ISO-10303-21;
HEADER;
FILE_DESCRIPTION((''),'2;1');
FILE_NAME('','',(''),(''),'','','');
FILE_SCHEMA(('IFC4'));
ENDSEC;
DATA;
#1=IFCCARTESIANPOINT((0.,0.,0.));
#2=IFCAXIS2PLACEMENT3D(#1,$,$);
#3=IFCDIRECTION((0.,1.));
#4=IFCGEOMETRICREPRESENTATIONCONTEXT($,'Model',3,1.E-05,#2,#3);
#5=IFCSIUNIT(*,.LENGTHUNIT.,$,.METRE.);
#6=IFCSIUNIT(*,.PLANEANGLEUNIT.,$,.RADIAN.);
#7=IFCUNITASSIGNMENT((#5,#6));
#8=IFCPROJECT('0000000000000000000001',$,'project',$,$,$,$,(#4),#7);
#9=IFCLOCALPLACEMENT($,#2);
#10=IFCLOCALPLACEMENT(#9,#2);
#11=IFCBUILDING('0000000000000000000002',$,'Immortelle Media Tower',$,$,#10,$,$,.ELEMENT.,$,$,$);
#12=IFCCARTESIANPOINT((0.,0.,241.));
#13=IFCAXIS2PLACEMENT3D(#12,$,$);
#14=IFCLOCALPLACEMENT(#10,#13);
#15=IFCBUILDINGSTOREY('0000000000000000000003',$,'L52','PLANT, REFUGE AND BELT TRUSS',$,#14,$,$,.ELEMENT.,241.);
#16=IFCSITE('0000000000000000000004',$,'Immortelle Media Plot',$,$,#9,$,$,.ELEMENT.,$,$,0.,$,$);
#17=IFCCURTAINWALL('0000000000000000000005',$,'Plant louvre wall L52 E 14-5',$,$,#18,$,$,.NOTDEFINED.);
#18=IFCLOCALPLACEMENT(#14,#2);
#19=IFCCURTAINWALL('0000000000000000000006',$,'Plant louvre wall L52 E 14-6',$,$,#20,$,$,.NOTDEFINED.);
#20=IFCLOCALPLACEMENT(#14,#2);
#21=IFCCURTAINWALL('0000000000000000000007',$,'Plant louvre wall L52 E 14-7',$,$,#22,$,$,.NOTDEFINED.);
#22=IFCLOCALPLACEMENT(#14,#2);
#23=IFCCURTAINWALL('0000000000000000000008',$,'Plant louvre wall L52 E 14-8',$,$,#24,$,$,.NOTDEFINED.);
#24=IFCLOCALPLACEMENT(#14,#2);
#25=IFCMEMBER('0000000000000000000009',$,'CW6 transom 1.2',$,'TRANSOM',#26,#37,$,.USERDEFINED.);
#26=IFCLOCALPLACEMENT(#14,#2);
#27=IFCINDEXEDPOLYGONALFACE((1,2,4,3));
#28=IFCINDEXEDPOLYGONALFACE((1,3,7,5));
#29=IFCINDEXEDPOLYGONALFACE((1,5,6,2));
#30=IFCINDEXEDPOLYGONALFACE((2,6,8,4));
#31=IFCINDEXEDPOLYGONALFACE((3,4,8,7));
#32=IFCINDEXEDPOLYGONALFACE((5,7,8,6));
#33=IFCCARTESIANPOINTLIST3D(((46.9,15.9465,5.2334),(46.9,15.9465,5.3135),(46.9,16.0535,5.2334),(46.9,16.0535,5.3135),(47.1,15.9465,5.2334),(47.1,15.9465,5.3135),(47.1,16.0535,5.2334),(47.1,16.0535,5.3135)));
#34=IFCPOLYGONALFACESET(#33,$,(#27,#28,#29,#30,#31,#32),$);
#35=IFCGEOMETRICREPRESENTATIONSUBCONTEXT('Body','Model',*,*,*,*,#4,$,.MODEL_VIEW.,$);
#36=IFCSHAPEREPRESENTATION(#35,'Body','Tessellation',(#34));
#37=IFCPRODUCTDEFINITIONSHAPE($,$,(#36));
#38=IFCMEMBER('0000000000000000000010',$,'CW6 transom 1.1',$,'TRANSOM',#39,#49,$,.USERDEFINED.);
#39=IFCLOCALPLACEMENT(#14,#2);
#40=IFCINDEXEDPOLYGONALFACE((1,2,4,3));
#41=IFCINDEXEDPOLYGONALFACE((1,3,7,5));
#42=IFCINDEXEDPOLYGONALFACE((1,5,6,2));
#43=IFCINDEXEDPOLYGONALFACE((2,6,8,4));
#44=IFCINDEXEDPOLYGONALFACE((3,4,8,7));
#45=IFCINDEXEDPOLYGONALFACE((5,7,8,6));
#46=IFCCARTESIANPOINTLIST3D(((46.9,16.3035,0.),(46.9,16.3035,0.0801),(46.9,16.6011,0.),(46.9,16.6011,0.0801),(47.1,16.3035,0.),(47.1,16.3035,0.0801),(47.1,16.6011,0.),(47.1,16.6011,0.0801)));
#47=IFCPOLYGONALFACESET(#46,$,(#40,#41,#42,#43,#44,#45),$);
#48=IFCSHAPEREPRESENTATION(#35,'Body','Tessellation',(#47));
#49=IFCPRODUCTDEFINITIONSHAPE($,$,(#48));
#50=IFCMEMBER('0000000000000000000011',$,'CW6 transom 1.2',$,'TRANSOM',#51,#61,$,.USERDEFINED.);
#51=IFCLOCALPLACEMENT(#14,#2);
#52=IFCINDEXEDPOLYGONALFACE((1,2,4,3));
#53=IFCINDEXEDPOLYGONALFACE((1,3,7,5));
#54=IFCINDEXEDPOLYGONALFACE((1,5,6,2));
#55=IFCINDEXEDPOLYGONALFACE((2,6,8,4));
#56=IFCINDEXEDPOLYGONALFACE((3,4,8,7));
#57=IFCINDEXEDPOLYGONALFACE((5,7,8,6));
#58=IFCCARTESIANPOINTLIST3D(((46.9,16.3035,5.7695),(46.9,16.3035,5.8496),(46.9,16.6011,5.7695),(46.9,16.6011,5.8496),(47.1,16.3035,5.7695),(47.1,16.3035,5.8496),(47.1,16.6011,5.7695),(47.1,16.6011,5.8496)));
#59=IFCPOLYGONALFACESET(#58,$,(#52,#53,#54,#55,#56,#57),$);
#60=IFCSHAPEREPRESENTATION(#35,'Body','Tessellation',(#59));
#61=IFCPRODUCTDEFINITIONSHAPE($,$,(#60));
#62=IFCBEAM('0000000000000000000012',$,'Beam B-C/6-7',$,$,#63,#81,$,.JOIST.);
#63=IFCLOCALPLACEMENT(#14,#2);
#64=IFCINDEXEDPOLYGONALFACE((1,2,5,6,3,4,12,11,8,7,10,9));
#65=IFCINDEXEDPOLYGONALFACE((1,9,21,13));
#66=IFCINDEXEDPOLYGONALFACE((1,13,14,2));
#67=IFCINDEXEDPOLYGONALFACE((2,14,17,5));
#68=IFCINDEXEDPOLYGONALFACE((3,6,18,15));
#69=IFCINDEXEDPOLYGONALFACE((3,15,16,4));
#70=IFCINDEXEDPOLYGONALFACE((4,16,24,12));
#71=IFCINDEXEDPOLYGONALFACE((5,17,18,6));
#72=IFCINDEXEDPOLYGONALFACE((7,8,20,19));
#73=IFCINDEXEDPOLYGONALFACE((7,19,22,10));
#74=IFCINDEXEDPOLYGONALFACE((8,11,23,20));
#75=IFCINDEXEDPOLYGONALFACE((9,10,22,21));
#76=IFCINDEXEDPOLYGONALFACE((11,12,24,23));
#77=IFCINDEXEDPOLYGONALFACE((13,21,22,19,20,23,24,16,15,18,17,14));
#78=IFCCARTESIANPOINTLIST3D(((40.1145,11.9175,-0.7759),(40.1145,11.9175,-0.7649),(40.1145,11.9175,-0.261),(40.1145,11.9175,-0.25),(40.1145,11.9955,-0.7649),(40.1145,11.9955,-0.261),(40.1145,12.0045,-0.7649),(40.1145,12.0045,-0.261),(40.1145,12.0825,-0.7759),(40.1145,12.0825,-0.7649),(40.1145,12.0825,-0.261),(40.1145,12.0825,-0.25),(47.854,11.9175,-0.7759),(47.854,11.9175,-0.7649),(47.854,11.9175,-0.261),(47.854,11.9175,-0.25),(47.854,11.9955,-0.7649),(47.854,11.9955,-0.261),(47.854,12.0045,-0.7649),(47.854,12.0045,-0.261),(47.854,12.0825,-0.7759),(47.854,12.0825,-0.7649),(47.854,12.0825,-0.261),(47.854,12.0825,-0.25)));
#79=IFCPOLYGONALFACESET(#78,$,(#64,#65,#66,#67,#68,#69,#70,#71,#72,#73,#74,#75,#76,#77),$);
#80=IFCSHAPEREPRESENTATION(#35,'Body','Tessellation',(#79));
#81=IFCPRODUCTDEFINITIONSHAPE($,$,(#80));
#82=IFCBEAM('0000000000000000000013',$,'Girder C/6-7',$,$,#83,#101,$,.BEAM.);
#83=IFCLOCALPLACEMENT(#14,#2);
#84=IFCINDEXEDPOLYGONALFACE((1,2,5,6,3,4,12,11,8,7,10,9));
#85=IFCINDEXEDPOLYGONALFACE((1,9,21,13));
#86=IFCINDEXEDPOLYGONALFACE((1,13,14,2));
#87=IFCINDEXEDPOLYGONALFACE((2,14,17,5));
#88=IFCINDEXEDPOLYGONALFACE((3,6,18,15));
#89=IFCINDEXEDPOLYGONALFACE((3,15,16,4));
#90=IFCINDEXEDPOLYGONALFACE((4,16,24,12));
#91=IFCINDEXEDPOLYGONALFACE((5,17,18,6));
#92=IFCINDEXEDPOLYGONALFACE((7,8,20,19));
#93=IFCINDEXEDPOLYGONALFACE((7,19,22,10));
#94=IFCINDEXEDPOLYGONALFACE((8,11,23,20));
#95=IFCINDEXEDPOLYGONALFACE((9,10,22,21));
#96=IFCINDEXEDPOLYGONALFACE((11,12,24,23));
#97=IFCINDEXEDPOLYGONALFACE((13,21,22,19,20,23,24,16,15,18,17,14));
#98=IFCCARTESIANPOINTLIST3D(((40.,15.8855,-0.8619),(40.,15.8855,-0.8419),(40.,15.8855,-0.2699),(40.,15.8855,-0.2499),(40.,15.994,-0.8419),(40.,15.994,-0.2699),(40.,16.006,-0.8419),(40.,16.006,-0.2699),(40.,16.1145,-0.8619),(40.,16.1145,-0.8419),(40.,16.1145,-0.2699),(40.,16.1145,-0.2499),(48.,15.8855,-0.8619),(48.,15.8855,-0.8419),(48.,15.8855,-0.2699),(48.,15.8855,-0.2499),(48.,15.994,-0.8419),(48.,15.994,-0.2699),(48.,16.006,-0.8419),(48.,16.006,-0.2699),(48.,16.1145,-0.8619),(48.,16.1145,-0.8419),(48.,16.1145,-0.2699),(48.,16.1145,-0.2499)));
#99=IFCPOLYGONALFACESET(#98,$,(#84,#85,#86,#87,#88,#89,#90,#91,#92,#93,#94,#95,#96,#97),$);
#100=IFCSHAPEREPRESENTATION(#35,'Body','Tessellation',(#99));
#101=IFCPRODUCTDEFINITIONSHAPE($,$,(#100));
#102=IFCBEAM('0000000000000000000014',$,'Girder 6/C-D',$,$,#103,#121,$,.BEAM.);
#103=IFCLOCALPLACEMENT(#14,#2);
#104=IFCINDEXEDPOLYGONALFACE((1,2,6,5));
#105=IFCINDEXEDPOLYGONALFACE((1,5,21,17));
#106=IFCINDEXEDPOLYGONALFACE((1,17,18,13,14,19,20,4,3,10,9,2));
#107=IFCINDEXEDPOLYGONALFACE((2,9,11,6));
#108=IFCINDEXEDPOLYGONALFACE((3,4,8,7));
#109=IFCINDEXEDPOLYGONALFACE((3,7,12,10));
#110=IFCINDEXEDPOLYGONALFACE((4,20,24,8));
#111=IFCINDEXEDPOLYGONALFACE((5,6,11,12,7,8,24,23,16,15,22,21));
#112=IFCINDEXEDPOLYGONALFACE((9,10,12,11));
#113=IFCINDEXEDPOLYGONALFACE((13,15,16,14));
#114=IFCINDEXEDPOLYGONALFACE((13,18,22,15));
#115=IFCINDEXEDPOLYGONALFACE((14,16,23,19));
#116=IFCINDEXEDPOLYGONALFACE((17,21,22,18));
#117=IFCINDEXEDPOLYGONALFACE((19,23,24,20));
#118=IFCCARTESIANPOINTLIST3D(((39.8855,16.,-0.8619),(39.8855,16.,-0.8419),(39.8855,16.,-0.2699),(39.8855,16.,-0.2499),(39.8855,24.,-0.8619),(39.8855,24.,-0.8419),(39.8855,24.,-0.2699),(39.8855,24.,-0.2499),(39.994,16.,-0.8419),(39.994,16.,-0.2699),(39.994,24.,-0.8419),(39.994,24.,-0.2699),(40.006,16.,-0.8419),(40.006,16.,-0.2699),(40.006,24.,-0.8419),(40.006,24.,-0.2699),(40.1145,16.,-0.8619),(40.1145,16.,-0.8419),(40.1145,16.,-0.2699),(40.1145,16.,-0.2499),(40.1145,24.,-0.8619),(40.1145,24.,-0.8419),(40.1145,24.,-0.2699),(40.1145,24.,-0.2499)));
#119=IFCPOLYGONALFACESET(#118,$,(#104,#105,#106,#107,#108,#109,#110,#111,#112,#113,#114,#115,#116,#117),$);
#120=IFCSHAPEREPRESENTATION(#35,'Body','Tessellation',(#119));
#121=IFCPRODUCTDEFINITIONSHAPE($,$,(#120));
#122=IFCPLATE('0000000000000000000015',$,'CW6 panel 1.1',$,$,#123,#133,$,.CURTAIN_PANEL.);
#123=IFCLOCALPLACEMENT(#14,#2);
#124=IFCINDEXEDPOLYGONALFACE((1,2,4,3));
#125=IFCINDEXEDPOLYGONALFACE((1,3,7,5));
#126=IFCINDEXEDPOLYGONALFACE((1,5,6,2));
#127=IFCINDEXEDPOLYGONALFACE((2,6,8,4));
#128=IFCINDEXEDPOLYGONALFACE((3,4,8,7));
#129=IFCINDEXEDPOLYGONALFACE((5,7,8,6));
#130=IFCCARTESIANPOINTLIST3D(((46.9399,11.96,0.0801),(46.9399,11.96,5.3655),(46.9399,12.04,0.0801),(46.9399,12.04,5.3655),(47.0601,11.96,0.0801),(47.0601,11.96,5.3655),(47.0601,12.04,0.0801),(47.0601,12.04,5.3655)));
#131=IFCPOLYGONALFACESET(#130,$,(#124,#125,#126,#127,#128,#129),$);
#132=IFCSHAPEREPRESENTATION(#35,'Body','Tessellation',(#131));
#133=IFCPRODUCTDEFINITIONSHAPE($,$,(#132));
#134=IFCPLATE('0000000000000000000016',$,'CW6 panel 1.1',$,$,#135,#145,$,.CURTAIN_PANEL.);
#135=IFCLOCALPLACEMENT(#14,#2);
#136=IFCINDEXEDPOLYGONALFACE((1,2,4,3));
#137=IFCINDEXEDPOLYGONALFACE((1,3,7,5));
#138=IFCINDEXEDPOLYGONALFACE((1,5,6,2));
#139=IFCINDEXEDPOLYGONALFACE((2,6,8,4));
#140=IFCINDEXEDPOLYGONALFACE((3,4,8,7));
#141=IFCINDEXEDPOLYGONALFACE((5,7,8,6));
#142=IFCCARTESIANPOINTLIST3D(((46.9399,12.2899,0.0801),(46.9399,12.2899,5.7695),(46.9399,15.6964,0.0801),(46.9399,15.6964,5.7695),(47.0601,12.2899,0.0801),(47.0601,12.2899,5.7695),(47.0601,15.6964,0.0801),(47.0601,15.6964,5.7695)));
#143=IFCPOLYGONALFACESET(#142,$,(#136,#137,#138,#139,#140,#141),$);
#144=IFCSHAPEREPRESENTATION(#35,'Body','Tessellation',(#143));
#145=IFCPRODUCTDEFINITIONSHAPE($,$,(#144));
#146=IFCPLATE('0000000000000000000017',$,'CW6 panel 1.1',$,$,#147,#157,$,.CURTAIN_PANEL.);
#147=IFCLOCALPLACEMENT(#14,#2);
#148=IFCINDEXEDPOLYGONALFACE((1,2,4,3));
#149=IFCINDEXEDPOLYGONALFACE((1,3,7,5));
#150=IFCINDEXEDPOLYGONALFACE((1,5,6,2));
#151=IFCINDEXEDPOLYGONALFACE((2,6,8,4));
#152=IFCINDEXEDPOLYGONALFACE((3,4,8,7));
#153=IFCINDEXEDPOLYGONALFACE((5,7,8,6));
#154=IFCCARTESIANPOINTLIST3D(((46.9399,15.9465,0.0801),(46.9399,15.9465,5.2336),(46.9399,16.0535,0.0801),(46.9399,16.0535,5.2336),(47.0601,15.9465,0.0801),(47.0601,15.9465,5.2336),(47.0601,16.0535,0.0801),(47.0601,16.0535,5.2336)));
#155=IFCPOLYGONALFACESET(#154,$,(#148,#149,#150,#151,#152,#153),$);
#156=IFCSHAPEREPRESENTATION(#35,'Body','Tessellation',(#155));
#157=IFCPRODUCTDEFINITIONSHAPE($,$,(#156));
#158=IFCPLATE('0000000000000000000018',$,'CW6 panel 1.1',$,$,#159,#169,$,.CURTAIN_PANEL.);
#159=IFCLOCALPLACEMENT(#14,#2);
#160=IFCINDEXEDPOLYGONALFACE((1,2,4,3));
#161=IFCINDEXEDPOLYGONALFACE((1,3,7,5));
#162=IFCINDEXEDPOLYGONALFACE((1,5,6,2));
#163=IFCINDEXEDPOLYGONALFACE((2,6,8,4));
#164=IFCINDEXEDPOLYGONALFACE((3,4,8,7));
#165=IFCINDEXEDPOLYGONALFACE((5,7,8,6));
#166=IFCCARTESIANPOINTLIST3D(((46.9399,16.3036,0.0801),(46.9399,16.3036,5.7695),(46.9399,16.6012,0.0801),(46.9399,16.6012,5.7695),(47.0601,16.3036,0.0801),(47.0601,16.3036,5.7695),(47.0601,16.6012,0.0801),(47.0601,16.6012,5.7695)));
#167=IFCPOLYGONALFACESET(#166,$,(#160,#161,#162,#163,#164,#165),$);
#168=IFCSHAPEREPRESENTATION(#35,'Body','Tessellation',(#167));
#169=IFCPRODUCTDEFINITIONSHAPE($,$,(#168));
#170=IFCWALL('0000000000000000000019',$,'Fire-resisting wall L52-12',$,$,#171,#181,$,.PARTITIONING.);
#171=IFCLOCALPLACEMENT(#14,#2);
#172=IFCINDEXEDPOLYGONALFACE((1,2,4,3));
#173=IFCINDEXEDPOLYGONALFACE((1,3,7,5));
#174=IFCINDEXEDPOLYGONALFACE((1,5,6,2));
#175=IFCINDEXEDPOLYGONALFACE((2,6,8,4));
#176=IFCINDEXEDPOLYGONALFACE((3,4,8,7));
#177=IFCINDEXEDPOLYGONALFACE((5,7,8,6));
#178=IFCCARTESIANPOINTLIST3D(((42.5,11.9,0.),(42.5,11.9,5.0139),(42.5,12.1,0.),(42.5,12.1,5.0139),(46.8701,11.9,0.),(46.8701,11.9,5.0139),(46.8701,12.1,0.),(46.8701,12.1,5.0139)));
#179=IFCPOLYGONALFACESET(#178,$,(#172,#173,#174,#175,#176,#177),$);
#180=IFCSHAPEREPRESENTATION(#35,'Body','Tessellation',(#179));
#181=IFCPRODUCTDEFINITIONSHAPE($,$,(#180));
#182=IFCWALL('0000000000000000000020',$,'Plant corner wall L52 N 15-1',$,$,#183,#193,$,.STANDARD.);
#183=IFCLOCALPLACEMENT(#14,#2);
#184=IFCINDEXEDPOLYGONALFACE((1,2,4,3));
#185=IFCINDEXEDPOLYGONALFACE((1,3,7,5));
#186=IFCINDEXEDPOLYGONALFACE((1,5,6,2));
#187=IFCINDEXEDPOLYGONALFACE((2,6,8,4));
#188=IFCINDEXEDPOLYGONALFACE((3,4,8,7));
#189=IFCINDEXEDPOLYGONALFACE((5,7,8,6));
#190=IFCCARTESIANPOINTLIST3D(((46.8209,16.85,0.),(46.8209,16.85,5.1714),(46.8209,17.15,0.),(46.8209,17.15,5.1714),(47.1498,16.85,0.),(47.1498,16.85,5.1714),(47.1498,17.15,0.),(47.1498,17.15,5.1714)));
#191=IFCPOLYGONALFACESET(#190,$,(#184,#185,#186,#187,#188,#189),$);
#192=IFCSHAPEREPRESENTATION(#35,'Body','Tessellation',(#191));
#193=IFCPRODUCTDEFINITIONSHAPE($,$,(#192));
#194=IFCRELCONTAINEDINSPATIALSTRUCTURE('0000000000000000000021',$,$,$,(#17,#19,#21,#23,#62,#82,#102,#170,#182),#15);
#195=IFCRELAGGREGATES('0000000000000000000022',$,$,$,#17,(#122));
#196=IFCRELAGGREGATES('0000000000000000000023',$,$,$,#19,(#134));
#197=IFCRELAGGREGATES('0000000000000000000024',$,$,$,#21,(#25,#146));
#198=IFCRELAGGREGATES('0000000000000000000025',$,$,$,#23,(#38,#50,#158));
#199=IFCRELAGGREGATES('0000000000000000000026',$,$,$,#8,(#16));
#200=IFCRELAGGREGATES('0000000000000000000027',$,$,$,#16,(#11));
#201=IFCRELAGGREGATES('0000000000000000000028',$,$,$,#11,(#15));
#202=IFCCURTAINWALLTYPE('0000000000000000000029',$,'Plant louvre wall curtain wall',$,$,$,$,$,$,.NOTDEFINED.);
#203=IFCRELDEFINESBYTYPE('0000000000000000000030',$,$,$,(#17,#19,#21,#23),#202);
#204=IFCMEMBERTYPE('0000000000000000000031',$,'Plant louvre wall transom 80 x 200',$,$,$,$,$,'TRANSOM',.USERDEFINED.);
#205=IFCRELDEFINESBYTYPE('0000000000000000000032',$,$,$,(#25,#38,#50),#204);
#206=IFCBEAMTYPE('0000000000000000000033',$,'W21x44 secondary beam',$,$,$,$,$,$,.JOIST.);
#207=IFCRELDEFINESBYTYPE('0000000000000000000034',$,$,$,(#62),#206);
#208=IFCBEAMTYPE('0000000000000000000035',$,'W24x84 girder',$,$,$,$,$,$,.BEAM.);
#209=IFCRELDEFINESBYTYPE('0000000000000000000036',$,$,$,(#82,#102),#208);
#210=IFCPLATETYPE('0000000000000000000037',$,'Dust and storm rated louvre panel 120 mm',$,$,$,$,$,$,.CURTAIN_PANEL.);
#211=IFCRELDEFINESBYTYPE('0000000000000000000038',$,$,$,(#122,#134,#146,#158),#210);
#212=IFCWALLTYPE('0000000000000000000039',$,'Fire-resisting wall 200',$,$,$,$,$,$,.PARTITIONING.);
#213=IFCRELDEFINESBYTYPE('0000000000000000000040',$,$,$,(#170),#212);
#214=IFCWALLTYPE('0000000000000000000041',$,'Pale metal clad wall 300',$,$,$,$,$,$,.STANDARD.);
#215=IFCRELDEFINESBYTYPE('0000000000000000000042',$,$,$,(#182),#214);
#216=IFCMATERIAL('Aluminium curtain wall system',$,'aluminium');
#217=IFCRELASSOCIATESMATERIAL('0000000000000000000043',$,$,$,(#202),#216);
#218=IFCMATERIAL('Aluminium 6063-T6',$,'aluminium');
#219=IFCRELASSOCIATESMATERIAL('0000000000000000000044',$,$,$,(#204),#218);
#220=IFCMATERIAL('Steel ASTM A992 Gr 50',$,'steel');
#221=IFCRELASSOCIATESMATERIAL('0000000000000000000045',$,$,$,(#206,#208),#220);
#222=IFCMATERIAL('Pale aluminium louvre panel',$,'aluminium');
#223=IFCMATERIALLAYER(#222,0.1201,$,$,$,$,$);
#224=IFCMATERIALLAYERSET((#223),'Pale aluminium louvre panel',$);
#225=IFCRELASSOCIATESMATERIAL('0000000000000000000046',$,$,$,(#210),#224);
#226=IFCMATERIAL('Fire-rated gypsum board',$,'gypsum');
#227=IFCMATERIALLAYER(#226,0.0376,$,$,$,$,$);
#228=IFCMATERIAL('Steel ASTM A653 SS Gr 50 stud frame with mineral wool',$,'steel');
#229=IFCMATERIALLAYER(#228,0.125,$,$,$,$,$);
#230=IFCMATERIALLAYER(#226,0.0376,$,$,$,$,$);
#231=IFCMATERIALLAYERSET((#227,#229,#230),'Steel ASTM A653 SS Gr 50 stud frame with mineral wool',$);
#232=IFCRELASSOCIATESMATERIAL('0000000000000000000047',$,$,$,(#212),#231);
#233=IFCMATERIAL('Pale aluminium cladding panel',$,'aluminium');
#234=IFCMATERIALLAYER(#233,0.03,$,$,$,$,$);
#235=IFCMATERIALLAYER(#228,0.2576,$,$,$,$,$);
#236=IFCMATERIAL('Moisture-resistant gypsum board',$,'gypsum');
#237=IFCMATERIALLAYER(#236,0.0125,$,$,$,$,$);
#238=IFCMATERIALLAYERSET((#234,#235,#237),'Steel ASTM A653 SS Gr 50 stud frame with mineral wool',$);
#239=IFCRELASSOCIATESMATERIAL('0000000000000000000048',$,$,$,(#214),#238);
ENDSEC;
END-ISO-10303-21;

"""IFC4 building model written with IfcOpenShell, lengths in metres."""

from ifc_helpers import new_model, si_unit, direction, frame, frame_2d, origin, origin_2d, place, context, subcontext, project, spatial, rectangle, i_section, extrude, material, layer, layer_set, material_profile, profile_set, type_object, element, aggregate, save


model = new_model("IFC4")

# Units and contexts
model_context = context("Model", 3, precision=1e-05, world=origin(), true_north=direction((0.0, 1.0)))
body_context = subcontext(model_context, "Body", "Model", "MODEL_VIEW")
ifc_project = project(units=[si_unit("LENGTHUNIT", "METRE"), si_unit("PLANEANGLEUNIT", "RADIAN")], contexts=[model_context])

# Site, building, storey
site_placement = place(None, origin())
site = spatial("IfcSite", under=ifc_project, at=site_placement, Name="Immortelle Media Plot", CompositionType="ELEMENT", RefElevation=0.0)
building_placement = place(site_placement, origin())
building = spatial("IfcBuilding", under=site, at=building_placement, Name="Immortelle Media Tower", CompositionType="ELEMENT")
storey_placement = place(building_placement, frame((0.0, 0.0, 241.0)))
storey = spatial("IfcBuildingStorey", under=building, at=storey_placement, Name="L52", Description="PLANT, REFUGE AND BELT TRUSS", CompositionType="ELEMENT", Elevation=241.0)

# Shared definitions
ifc_material_1 = material(Name="Steel ASTM A992 Gr 50", Category="steel")

# Curtain wall
ifc_material_2 = material(Name="Aluminium curtain wall system", Category="aluminium")
curtain_wall_type = type_object("IfcCurtainWallType", Name="Plant louvre wall curtain wall", PredefinedType="NOTDEFINED", material=ifc_material_2)
curtain_wall_1_placement = place(storey_placement, origin())
curtain_wall_1 = element("IfcCurtainWall", 1, at=curtain_wall_1_placement, inside=storey, type_object=curtain_wall_type, Name="Plant louvre wall L52 E 14-5", PredefinedType="NOTDEFINED")
ifc_material_3 = material(Name="Aluminium 6063-T6", Category="aluminium")

# Curtain walls
curtain_wall_2_placement = place(storey_placement, origin())
curtain_wall_2 = element("IfcCurtainWall", 2, at=curtain_wall_2_placement, inside=storey, type_object=curtain_wall_type, Name="Plant louvre wall L52 E 14-6", PredefinedType="NOTDEFINED")
curtain_wall_3_placement = place(storey_placement, origin())
curtain_wall_3 = element("IfcCurtainWall", 3, at=curtain_wall_3_placement, inside=storey, type_object=curtain_wall_type, Name="Plant louvre wall L52 E 14-7", PredefinedType="NOTDEFINED")
curtain_wall_4_placement = place(storey_placement, origin())
curtain_wall_4 = element("IfcCurtainWall", 4, at=curtain_wall_4_placement, inside=storey, type_object=curtain_wall_type, Name="Plant louvre wall L52 E 14-8", PredefinedType="NOTDEFINED")

# Members
ifc_material_profile_1 = material_profile(ifc_material_3, rectangle(XDim=0.2, YDim=0.0801, at=origin_2d()), Name="AL 80x200")
ifc_profile_set_1 = profile_set([ifc_material_profile_1], Name="Aluminium 6063-T6")
member_type_1 = type_object("IfcMemberType", Name="Plant louvre wall transom 80 x 200", ElementType="TRANSOM", PredefinedType="USERDEFINED", material=ifc_profile_set_1)
member_1_placement = place(storey_placement, frame((47.0, 15.9465, 5.2734), z_axis=(0.0, 1.0, 0.0), x_axis=(-1.0, 0.0, 0.0)))
member_1 = element("IfcMember", 5, at=member_1_placement, type_object=member_type_1, Name="CW6 transom 1.2", ObjectType="TRANSOM", PredefinedType="USERDEFINED", context=body_context, shape_type="SweptSolid", body=[
    extrude(rectangle(XDim=0.2, YDim=0.0801, at=origin_2d()), origin(), (0.0, 0.0, 1.0), 0.1069),
])
member_2_placement = place(storey_placement, frame((47.0, 16.3035, 0.04), z_axis=(0.0, 1.0, 0.0), x_axis=(-1.0, 0.0, 0.0)))
member_2 = element("IfcMember", 6, at=member_2_placement, type_object=member_type_1, Name="CW6 transom 1.1", ObjectType="TRANSOM", PredefinedType="USERDEFINED", context=body_context, shape_type="SweptSolid", body=[
    extrude(rectangle(XDim=0.2, YDim=0.0801, at=origin_2d()), origin(), (0.0, 0.0, 1.0), 0.2976),
])
member_3_placement = place(storey_placement, frame((47.0, 16.3035, 5.8096), z_axis=(0.0, 1.0, 0.0), x_axis=(-1.0, 0.0, 0.0)))
member_3 = element("IfcMember", 7, at=member_3_placement, type_object=member_type_1, Name="CW6 transom 1.2", ObjectType="TRANSOM", PredefinedType="USERDEFINED", context=body_context, shape_type="SweptSolid", body=[
    extrude(rectangle(XDim=0.2, YDim=0.0801, at=origin_2d()), origin(), (0.0, 0.0, 1.0), 0.2976),
])

# Beams
ifc_material_profile_2 = material_profile(ifc_material_1, i_section(OverallWidth=0.165, OverallDepth=0.5259, WebThickness=0.009, FlangeThickness=0.011, at=origin_2d()), Name="W21x44")
ifc_profile_set_2 = profile_set([ifc_material_profile_2], Name="Steel ASTM A992 Gr 50")
beam_type_1 = type_object("IfcBeamType", Name="W21x44 secondary beam", PredefinedType="JOIST", material=ifc_profile_set_2)
beam_placement = place(storey_placement, frame((40.1145, 12.0, -0.5129), z_axis=(1.0, 0.0, 0.0), x_axis=(0.0, 1.0, 0.0)))
element("IfcBeam", 8, at=beam_placement, inside=storey, type_object=beam_type_1, Name="Beam B-C/6-7", PredefinedType="JOIST", context=body_context, shape_type="SweptSolid", body=[
    extrude(i_section(OverallWidth=0.165, OverallDepth=0.5259, WebThickness=0.009, FlangeThickness=0.011, at=origin_2d()), origin(), (0.0, 0.0, 1.0), 7.7395),
])
ifc_material_profile_3 = material_profile(ifc_material_1, i_section(OverallWidth=0.229, OverallDepth=0.6121, WebThickness=0.012, FlangeThickness=0.02, at=origin_2d()), Name="W24x84")
ifc_profile_set_3 = profile_set([ifc_material_profile_3], Name="Steel ASTM A992 Gr 50")
beam_type_2 = type_object("IfcBeamType", Name="W24x84 girder", PredefinedType="BEAM", material=ifc_profile_set_3)
for number, where, z_axis, x_axis, name in (
    (9, (40.0, 16.0, -0.5559), (1.0, 0.0, 0.0), (0.0, 1.0, 0.0), "Girder C/6-7"),
    (10, (40.0, 16.0, -0.5559), (0.0, 1.0, 0.0), (-1.0, 0.0, 0.0), "Girder 6/C-D"),
):
    element("IfcBeam", number, at=place(storey_placement, frame(where, z_axis=z_axis, x_axis=x_axis)), inside=storey, type_object=beam_type_2, Name=name, PredefinedType="BEAM", context=body_context, shape_type="SweptSolid", body=[
        extrude(i_section(OverallWidth=0.229, OverallDepth=0.6121, WebThickness=0.012, FlangeThickness=0.02, at=origin_2d()), origin(), (0.0, 0.0, 1.0), 8.0),
    ])

# Plates
ifc_material_4 = material(Name="Pale aluminium louvre panel", Category="aluminium")
ifc_layer_1 = layer(ifc_material_4, 0.1201)
ifc_layer_set_1 = layer_set([ifc_layer_1], Name="Pale aluminium louvre panel")
plate_type = type_object("IfcPlateType", Name="Dust and storm rated louvre panel 120 mm", PredefinedType="CURTAIN_PANEL", material=ifc_layer_set_1)
plate_1_placement = place(storey_placement, frame((47.0, 12.0, 0.0801), z_axis=(0.0, 0.0, 1.0), x_axis=(0.0, 1.0, 0.0)))
plate_1 = element("IfcPlate", 11, at=plate_1_placement, type_object=plate_type, Name="CW6 panel 1.1", PredefinedType="CURTAIN_PANEL", context=body_context, shape_type="SweptSolid", body=[
    extrude(rectangle(XDim=0.0801, YDim=0.1201, at=origin_2d()), origin(), (0.0, 0.0, 1.0), 5.2854),
])
aggregate(curtain_wall_1, [plate_1])
plate_2_placement = place(storey_placement, frame((47.0, 13.9932, 0.0801), z_axis=(0.0, 0.0, 1.0), x_axis=(0.0, 1.0, 0.0)))
plate_2 = element("IfcPlate", 12, at=plate_2_placement, type_object=plate_type, Name="CW6 panel 1.1", PredefinedType="CURTAIN_PANEL", context=body_context, shape_type="SweptSolid", body=[
    extrude(rectangle(XDim=3.4065, YDim=0.1201, at=origin_2d()), origin(), (0.0, 0.0, 1.0), 5.6895),
])
aggregate(curtain_wall_2, [plate_2])
plate_3_placement = place(storey_placement, frame((47.0, 16.0, 0.0801), z_axis=(0.0, 0.0, 1.0), x_axis=(0.0, 1.0, 0.0)))
plate_3 = element("IfcPlate", 13, at=plate_3_placement, type_object=plate_type, Name="CW6 panel 1.1", PredefinedType="CURTAIN_PANEL", context=body_context, shape_type="SweptSolid", body=[
    extrude(rectangle(XDim=0.1069, YDim=0.1201, at=origin_2d()), origin(), (0.0, 0.0, 1.0), 5.1536),
])
aggregate(curtain_wall_3, [member_1, plate_3])
plate_4_placement = place(storey_placement, frame((47.0, 16.4524, 0.0801), z_axis=(0.0, 0.0, 1.0), x_axis=(0.0, 1.0, 0.0)))
plate_4 = element("IfcPlate", 14, at=plate_4_placement, type_object=plate_type, Name="CW6 panel 1.1", PredefinedType="CURTAIN_PANEL", context=body_context, shape_type="SweptSolid", body=[
    extrude(rectangle(XDim=0.2976, YDim=0.1201, at=origin_2d()), origin(), (0.0, 0.0, 1.0), 5.6895),
])
aggregate(curtain_wall_4, [member_2, member_3, plate_4])

# Shared definitions
ifc_material_5 = material(Name="Fire-rated gypsum board", Category="gypsum")
ifc_layer_2 = layer(ifc_material_5, 0.0376)
ifc_material_6 = material(Name="Steel ASTM A653 SS Gr 50 stud frame with mineral wool", Category="steel")
ifc_layer_3 = layer(ifc_material_6, 0.125)
ifc_layer_4 = layer(ifc_material_5, 0.0376)
ifc_layer_set_2 = layer_set([ifc_layer_2, ifc_layer_3, ifc_layer_4], Name="Steel ASTM A653 SS Gr 50 stud frame with mineral wool")
wall_type_1 = type_object("IfcWallType", Name="Fire-resisting wall 200", PredefinedType="PARTITIONING", material=ifc_layer_set_2)

# Walls
wall_1_placement = place(storey_placement, frame((42.5, 12.0, 0.0), z_axis=(0.0, 0.0, 1.0), x_axis=(1.0, 0.0, 0.0)))
element("IfcWall", 15, at=wall_1_placement, inside=storey, type_object=wall_type_1, Name="Fire-resisting wall L52-12", PredefinedType="PARTITIONING", context=body_context, shape_type="SweptSolid", body=[
    extrude(rectangle(XDim=4.3701, YDim=0.2, at=frame_2d((2.1851, 0.0))), origin(), (0.0, 0.0, 1.0), 5.0139),
])
ifc_material_7 = material(Name="Pale aluminium cladding panel", Category="aluminium")
ifc_layer_5 = layer(ifc_material_7, 0.03)
ifc_layer_6 = layer(ifc_material_6, 0.2576)
ifc_material_8 = material(Name="Moisture-resistant gypsum board", Category="gypsum")
ifc_layer_7 = layer(ifc_material_8, 0.0125)
ifc_layer_set_3 = layer_set([ifc_layer_5, ifc_layer_6, ifc_layer_7], Name="Steel ASTM A653 SS Gr 50 stud frame with mineral wool")
wall_type_2 = type_object("IfcWallType", Name="Pale metal clad wall 300", PredefinedType="STANDARD", material=ifc_layer_set_3)
wall_2_placement = place(storey_placement, frame((47.1499, 17.0, 0.0), z_axis=(0.0, 0.0, 1.0), x_axis=(-1.0, 0.0, 0.0)))
element("IfcWall", 16, at=wall_2_placement, inside=storey, type_object=wall_type_2, Name="Plant corner wall L52 N 15-1", PredefinedType="STANDARD", context=body_context, shape_type="SweptSolid", body=[
    extrude(rectangle(XDim=0.3289, YDim=0.3, at=frame_2d((0.1646, 0.0))), origin(), (0.0, 0.0, 1.0), 5.1714),
])

save(model, "model.ifc")
